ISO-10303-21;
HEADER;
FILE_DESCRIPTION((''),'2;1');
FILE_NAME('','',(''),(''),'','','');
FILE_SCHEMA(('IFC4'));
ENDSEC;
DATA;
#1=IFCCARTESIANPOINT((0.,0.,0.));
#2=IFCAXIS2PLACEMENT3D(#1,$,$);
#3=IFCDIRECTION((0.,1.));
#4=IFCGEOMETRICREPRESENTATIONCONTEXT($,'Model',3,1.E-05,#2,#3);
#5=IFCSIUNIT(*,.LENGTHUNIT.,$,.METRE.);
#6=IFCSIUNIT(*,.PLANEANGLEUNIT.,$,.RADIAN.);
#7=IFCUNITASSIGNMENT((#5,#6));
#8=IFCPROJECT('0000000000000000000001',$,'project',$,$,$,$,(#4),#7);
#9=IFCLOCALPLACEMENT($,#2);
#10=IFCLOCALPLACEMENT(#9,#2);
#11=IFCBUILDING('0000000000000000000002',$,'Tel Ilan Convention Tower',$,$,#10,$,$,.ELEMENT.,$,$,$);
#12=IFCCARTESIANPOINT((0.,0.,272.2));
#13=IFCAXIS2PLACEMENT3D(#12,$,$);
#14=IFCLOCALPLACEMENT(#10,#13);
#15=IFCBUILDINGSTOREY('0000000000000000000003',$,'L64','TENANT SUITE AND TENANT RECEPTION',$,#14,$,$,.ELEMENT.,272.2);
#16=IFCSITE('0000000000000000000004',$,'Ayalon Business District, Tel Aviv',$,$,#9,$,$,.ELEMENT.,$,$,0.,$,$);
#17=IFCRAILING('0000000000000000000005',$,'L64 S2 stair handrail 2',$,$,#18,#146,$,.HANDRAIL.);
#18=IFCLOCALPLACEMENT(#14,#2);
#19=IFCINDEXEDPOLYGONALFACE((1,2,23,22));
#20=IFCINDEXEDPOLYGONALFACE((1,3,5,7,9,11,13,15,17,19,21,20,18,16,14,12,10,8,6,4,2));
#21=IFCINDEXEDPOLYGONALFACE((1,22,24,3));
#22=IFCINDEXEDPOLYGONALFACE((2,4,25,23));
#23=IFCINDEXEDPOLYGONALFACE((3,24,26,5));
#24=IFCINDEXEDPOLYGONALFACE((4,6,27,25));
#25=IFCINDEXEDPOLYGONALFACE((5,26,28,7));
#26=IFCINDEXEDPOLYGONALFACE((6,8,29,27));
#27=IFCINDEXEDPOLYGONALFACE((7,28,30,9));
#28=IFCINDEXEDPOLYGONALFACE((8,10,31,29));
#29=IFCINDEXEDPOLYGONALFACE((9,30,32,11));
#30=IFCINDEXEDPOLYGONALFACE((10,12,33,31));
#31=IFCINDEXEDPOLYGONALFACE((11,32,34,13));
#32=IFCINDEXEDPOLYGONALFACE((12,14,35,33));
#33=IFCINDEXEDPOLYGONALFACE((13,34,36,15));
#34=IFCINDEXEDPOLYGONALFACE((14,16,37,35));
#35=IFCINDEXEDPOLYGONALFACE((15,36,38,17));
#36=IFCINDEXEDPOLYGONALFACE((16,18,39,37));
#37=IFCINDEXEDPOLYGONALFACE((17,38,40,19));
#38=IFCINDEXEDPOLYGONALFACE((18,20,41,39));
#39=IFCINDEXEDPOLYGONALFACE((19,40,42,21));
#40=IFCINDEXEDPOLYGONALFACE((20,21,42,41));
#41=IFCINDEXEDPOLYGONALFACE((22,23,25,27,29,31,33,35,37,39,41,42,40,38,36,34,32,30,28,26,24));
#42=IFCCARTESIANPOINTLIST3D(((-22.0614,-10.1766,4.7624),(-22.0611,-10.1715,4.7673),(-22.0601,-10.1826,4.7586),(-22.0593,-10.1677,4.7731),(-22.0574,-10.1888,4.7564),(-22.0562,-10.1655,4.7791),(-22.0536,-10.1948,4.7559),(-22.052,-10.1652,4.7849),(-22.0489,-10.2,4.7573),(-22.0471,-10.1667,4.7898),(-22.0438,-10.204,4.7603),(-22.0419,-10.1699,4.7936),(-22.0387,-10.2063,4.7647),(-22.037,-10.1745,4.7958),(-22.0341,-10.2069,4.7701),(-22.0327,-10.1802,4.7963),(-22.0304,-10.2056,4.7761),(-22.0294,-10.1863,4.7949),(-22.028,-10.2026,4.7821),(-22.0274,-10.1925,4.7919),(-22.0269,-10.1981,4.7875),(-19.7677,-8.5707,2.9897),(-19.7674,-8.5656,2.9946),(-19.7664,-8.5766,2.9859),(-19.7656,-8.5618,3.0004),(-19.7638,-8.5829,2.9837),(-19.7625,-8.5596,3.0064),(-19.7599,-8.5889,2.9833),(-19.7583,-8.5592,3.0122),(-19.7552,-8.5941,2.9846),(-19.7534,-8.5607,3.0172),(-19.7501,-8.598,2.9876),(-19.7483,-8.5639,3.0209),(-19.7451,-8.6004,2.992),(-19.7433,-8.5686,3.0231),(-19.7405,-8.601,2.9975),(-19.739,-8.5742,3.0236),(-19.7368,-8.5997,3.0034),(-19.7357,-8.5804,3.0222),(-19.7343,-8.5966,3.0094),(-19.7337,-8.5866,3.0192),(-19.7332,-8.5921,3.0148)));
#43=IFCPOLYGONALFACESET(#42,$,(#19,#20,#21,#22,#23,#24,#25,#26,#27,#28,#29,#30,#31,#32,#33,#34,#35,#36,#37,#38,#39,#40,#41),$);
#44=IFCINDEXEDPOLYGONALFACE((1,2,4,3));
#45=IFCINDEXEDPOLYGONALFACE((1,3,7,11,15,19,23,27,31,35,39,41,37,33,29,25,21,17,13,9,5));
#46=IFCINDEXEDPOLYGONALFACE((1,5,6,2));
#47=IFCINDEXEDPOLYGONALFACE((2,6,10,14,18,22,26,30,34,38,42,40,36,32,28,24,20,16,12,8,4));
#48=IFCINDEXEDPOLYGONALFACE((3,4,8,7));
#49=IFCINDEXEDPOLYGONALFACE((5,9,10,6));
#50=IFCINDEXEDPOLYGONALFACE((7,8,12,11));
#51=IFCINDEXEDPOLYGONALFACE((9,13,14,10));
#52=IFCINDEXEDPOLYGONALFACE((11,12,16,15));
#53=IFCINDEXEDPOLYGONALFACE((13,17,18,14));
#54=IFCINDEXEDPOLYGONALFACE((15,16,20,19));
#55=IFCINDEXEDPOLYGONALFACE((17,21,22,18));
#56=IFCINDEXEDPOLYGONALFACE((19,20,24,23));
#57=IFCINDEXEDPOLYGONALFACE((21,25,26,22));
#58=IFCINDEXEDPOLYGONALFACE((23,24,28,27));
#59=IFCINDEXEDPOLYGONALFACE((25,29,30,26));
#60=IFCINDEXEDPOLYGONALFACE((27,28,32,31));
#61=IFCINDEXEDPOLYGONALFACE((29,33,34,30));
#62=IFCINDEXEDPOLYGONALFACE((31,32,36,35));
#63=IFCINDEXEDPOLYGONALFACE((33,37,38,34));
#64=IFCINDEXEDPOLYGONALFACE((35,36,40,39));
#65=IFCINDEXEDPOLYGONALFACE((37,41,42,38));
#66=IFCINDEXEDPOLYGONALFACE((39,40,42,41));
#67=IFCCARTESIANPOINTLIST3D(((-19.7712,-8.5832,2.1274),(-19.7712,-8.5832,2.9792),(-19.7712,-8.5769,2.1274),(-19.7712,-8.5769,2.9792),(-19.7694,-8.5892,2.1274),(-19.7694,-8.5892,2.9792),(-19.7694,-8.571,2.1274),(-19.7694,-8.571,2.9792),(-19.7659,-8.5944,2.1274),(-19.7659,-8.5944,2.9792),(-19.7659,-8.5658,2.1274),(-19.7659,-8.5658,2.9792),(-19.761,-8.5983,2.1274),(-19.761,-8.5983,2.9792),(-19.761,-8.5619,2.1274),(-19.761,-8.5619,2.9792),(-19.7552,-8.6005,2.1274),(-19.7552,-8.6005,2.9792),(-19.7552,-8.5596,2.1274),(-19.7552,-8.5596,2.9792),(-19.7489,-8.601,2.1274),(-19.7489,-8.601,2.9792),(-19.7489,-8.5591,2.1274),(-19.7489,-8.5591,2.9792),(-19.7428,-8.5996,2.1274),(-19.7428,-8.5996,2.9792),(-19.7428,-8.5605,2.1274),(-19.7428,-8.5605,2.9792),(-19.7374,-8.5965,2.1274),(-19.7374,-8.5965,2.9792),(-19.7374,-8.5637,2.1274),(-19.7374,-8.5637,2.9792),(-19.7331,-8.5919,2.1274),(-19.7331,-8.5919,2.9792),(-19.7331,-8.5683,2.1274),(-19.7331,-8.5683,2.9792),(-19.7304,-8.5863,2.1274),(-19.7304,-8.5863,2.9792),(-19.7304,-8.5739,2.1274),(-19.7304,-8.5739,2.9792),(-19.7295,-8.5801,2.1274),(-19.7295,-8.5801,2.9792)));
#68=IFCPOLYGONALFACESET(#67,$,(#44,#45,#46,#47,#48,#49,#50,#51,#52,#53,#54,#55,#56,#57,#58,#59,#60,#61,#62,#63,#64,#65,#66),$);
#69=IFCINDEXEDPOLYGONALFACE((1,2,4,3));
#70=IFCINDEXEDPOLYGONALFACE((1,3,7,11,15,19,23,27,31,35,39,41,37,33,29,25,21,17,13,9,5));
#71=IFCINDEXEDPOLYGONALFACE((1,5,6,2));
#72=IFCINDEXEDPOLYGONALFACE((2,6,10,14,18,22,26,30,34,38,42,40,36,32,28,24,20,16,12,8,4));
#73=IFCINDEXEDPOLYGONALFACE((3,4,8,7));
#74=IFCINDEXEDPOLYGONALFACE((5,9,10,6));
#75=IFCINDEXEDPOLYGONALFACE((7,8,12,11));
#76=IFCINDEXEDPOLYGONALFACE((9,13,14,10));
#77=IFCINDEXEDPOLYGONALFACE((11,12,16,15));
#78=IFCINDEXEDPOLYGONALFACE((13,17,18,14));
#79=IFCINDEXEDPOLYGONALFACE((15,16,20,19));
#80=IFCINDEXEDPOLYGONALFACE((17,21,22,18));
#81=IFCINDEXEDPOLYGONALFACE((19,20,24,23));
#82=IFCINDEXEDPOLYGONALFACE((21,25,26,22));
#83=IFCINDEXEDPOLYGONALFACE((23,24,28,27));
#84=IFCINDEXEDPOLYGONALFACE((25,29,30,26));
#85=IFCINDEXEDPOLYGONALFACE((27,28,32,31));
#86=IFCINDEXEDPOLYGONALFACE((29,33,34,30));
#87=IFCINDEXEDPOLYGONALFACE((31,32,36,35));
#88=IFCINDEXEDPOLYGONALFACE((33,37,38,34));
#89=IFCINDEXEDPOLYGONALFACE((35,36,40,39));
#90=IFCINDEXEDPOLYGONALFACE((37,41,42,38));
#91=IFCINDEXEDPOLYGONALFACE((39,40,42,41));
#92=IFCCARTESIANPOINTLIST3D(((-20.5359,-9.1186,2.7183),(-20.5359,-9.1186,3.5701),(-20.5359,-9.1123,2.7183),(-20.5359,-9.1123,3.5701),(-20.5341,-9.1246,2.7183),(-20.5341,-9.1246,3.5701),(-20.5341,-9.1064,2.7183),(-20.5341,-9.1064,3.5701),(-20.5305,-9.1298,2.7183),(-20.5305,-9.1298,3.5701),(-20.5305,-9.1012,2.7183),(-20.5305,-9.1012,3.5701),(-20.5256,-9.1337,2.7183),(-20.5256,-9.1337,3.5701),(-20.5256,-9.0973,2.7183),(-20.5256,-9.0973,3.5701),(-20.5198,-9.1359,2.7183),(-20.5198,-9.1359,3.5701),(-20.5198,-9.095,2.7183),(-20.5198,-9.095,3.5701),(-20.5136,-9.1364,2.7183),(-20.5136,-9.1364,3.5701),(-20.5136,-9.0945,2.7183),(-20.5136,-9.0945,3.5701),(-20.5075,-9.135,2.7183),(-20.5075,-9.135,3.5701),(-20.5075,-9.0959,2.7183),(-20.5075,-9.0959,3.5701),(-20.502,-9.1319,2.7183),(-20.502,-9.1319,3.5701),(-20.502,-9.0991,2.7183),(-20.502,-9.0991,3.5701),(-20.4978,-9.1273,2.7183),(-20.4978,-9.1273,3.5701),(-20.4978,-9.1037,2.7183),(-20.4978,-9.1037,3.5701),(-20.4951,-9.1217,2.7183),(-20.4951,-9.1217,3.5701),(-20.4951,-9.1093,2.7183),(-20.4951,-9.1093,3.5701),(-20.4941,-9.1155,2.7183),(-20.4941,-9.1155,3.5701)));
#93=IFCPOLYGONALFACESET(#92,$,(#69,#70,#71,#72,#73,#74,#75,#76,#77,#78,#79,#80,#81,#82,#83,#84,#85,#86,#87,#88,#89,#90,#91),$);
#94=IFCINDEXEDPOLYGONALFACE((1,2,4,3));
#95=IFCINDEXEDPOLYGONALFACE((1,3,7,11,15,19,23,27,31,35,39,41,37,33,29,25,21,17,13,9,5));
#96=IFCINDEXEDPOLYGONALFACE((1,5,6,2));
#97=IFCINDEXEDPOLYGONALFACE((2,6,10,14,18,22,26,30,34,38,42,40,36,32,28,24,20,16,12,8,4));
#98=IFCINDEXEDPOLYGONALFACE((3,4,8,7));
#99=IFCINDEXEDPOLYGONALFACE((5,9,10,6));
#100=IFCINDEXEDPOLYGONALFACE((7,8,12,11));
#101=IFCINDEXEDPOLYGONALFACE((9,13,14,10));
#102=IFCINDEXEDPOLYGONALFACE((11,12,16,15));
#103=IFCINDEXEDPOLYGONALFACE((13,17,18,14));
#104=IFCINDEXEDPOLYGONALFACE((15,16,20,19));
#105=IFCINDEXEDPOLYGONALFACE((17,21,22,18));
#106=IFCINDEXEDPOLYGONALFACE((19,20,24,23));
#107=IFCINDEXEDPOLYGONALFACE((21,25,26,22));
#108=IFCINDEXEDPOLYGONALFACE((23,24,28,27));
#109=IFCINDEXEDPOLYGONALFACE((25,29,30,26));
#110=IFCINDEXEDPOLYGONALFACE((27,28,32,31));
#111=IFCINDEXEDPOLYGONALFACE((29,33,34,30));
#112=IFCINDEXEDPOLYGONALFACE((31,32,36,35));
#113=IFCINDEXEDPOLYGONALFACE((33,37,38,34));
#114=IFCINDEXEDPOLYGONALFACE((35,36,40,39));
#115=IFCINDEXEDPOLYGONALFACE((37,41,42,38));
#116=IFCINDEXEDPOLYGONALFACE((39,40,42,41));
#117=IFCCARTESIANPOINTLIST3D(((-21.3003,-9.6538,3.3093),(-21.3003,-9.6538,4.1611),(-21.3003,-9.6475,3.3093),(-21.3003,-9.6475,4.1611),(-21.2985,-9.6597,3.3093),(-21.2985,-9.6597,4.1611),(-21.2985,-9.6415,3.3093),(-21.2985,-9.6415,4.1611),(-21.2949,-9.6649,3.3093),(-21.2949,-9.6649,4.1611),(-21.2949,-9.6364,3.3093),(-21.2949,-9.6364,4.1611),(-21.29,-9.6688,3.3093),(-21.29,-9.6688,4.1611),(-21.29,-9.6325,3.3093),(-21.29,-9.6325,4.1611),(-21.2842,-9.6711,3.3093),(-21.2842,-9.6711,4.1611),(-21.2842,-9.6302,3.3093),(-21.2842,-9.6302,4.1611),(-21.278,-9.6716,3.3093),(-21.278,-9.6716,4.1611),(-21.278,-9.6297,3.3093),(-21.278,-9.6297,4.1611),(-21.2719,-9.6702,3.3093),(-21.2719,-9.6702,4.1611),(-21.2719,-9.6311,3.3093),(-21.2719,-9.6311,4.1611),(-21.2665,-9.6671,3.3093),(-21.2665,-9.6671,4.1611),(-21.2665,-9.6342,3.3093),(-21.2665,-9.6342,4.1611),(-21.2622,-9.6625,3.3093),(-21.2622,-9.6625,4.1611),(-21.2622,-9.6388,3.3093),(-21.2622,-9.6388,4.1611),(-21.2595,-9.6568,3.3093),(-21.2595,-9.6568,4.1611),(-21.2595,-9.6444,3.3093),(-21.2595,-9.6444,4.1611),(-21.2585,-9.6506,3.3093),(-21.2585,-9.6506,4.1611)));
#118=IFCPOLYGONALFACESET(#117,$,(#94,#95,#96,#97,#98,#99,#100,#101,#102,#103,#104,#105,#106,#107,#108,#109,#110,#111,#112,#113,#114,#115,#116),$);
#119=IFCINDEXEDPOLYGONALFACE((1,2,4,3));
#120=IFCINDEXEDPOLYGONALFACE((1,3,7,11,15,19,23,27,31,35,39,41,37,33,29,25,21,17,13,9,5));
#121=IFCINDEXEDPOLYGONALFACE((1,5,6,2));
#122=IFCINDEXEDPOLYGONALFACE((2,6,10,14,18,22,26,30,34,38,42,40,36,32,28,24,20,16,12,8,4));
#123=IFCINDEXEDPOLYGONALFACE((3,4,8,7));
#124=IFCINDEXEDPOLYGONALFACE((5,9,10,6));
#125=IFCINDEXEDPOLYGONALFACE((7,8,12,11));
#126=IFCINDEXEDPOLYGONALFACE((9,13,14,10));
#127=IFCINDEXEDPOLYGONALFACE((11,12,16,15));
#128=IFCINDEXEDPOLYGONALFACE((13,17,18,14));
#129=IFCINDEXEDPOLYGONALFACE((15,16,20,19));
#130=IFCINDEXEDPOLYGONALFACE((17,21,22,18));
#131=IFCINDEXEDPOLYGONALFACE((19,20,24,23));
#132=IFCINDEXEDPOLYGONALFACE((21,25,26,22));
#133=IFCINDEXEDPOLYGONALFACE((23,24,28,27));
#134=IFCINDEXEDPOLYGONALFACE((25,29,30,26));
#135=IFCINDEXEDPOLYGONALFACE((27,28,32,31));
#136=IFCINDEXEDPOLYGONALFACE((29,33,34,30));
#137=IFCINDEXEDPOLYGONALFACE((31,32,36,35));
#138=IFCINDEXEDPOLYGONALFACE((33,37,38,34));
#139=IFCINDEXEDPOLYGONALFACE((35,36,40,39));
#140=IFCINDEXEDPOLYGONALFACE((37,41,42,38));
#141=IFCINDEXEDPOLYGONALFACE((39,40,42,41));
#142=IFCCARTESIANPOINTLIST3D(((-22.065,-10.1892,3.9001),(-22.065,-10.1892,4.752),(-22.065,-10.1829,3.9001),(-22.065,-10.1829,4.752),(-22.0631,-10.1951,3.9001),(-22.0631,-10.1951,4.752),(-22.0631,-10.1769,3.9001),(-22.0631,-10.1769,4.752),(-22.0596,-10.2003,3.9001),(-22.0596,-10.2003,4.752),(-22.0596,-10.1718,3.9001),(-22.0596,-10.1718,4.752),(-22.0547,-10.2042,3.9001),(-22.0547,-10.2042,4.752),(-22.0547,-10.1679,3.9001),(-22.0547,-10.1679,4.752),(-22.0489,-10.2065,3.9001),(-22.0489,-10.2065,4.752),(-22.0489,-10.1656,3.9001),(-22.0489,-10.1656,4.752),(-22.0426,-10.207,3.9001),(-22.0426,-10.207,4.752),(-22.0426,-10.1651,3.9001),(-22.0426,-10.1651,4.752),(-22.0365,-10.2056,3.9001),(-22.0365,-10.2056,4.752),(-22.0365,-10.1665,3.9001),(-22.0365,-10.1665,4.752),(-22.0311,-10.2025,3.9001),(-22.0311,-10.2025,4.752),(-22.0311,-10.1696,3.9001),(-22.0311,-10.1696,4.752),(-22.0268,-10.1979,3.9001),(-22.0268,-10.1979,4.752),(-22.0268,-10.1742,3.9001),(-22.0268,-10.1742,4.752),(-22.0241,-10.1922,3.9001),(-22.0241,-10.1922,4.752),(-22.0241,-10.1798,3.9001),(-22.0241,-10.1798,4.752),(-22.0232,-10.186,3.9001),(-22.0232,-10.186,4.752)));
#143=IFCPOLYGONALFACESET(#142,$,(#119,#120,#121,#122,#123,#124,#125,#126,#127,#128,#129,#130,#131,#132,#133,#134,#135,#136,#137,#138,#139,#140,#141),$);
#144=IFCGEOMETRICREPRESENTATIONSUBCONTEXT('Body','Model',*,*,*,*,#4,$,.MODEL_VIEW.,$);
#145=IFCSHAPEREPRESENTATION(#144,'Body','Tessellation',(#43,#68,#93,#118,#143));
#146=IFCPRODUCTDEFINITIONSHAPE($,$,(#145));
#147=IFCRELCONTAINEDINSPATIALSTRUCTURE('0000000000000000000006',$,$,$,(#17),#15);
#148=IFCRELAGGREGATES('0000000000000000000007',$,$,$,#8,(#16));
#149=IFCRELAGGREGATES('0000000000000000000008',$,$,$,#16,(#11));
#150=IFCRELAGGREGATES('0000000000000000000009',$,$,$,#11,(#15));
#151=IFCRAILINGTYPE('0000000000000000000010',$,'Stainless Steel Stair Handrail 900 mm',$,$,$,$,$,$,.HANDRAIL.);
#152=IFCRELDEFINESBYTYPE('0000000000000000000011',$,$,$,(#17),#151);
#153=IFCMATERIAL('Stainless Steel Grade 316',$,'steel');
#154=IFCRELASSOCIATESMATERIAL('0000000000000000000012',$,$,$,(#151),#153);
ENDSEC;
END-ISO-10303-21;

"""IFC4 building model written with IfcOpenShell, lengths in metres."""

from ifc_helpers import new_model, si_unit, direction, frame, origin, origin_2d, place, context, subcontext, project, spatial, circle, extrude, material, type_object, element, save


model = new_model("IFC4")

# Units and contexts
model_context = context("Model", 3, precision=1e-05, world=origin(), true_north=direction((0.0, 1.0)))
body_context = subcontext(model_context, "Body", "Model", "MODEL_VIEW")
ifc_project = project(units=[si_unit("LENGTHUNIT", "METRE"), si_unit("PLANEANGLEUNIT", "RADIAN")], contexts=[model_context])

# Site, building, storey
site_placement = place(None, origin())
site = spatial("IfcSite", under=ifc_project, at=site_placement, Name="Ayalon Business District, Tel Aviv", CompositionType="ELEMENT", RefElevation=0.0)
building_placement = place(site_placement, origin())
building = spatial("IfcBuilding", under=site, at=building_placement, Name="Tel Ilan Convention Tower", CompositionType="ELEMENT")
storey_placement = place(building_placement, frame((0.0, 0.0, 272.2)))
storey = spatial("IfcBuildingStorey", under=building, at=storey_placement, Name="L64", Description="TENANT SUITE AND TENANT RECEPTION", CompositionType="ELEMENT", Elevation=272.2)

# Railing
ifc_material_1 = material(Name="Stainless Steel Grade 316", Category="steel")
railing_type_1 = type_object("IfcRailingType", Name="Stainless Steel Stair Handrail 900 mm", PredefinedType="HANDRAIL", material=ifc_material_1)
for number, where, name in (
    (1, (-19.7505, -8.5801, 2.1274), "L64 S2 stair handrail 2"),
):
    element("IfcRailing", number, at=place(storey_placement, frame(where)), inside=storey, type_object=railing_type_1, Name=name, PredefinedType="HANDRAIL", context=body_context, shape_type="SweptSolid", body=[
        extrude(circle(Radius=0.0239, at=origin_2d()), frame((0.0, 0.0, 0.876), z_axis=(-0.692123, -0.484597, 0.534913), x_axis=(0.57355, -0.81917, 0.0)), (0.0, 0.0, 1.0), 3.314),
        extrude(circle(Radius=0.021, at=origin_2d()), origin(), (0.0, 0.0, 1.0), 0.8518),
        extrude(circle(Radius=0.021, at=origin_2d()), frame((-0.7646, -0.5354, 0.5908)), (0.0, 0.0, 1.0), 0.8518),
        extrude(circle(Radius=0.021, at=origin_2d()), frame((-1.5291, -1.0706, 1.1819)), (0.0, 0.0, 1.0), 0.8518),
        extrude(circle(Radius=0.021, at=origin_2d()), frame((-2.2937, -1.606, 1.7727)), (0.0, 0.0, 1.0), 0.8518),
    ])

save(model, "model.ifc")
